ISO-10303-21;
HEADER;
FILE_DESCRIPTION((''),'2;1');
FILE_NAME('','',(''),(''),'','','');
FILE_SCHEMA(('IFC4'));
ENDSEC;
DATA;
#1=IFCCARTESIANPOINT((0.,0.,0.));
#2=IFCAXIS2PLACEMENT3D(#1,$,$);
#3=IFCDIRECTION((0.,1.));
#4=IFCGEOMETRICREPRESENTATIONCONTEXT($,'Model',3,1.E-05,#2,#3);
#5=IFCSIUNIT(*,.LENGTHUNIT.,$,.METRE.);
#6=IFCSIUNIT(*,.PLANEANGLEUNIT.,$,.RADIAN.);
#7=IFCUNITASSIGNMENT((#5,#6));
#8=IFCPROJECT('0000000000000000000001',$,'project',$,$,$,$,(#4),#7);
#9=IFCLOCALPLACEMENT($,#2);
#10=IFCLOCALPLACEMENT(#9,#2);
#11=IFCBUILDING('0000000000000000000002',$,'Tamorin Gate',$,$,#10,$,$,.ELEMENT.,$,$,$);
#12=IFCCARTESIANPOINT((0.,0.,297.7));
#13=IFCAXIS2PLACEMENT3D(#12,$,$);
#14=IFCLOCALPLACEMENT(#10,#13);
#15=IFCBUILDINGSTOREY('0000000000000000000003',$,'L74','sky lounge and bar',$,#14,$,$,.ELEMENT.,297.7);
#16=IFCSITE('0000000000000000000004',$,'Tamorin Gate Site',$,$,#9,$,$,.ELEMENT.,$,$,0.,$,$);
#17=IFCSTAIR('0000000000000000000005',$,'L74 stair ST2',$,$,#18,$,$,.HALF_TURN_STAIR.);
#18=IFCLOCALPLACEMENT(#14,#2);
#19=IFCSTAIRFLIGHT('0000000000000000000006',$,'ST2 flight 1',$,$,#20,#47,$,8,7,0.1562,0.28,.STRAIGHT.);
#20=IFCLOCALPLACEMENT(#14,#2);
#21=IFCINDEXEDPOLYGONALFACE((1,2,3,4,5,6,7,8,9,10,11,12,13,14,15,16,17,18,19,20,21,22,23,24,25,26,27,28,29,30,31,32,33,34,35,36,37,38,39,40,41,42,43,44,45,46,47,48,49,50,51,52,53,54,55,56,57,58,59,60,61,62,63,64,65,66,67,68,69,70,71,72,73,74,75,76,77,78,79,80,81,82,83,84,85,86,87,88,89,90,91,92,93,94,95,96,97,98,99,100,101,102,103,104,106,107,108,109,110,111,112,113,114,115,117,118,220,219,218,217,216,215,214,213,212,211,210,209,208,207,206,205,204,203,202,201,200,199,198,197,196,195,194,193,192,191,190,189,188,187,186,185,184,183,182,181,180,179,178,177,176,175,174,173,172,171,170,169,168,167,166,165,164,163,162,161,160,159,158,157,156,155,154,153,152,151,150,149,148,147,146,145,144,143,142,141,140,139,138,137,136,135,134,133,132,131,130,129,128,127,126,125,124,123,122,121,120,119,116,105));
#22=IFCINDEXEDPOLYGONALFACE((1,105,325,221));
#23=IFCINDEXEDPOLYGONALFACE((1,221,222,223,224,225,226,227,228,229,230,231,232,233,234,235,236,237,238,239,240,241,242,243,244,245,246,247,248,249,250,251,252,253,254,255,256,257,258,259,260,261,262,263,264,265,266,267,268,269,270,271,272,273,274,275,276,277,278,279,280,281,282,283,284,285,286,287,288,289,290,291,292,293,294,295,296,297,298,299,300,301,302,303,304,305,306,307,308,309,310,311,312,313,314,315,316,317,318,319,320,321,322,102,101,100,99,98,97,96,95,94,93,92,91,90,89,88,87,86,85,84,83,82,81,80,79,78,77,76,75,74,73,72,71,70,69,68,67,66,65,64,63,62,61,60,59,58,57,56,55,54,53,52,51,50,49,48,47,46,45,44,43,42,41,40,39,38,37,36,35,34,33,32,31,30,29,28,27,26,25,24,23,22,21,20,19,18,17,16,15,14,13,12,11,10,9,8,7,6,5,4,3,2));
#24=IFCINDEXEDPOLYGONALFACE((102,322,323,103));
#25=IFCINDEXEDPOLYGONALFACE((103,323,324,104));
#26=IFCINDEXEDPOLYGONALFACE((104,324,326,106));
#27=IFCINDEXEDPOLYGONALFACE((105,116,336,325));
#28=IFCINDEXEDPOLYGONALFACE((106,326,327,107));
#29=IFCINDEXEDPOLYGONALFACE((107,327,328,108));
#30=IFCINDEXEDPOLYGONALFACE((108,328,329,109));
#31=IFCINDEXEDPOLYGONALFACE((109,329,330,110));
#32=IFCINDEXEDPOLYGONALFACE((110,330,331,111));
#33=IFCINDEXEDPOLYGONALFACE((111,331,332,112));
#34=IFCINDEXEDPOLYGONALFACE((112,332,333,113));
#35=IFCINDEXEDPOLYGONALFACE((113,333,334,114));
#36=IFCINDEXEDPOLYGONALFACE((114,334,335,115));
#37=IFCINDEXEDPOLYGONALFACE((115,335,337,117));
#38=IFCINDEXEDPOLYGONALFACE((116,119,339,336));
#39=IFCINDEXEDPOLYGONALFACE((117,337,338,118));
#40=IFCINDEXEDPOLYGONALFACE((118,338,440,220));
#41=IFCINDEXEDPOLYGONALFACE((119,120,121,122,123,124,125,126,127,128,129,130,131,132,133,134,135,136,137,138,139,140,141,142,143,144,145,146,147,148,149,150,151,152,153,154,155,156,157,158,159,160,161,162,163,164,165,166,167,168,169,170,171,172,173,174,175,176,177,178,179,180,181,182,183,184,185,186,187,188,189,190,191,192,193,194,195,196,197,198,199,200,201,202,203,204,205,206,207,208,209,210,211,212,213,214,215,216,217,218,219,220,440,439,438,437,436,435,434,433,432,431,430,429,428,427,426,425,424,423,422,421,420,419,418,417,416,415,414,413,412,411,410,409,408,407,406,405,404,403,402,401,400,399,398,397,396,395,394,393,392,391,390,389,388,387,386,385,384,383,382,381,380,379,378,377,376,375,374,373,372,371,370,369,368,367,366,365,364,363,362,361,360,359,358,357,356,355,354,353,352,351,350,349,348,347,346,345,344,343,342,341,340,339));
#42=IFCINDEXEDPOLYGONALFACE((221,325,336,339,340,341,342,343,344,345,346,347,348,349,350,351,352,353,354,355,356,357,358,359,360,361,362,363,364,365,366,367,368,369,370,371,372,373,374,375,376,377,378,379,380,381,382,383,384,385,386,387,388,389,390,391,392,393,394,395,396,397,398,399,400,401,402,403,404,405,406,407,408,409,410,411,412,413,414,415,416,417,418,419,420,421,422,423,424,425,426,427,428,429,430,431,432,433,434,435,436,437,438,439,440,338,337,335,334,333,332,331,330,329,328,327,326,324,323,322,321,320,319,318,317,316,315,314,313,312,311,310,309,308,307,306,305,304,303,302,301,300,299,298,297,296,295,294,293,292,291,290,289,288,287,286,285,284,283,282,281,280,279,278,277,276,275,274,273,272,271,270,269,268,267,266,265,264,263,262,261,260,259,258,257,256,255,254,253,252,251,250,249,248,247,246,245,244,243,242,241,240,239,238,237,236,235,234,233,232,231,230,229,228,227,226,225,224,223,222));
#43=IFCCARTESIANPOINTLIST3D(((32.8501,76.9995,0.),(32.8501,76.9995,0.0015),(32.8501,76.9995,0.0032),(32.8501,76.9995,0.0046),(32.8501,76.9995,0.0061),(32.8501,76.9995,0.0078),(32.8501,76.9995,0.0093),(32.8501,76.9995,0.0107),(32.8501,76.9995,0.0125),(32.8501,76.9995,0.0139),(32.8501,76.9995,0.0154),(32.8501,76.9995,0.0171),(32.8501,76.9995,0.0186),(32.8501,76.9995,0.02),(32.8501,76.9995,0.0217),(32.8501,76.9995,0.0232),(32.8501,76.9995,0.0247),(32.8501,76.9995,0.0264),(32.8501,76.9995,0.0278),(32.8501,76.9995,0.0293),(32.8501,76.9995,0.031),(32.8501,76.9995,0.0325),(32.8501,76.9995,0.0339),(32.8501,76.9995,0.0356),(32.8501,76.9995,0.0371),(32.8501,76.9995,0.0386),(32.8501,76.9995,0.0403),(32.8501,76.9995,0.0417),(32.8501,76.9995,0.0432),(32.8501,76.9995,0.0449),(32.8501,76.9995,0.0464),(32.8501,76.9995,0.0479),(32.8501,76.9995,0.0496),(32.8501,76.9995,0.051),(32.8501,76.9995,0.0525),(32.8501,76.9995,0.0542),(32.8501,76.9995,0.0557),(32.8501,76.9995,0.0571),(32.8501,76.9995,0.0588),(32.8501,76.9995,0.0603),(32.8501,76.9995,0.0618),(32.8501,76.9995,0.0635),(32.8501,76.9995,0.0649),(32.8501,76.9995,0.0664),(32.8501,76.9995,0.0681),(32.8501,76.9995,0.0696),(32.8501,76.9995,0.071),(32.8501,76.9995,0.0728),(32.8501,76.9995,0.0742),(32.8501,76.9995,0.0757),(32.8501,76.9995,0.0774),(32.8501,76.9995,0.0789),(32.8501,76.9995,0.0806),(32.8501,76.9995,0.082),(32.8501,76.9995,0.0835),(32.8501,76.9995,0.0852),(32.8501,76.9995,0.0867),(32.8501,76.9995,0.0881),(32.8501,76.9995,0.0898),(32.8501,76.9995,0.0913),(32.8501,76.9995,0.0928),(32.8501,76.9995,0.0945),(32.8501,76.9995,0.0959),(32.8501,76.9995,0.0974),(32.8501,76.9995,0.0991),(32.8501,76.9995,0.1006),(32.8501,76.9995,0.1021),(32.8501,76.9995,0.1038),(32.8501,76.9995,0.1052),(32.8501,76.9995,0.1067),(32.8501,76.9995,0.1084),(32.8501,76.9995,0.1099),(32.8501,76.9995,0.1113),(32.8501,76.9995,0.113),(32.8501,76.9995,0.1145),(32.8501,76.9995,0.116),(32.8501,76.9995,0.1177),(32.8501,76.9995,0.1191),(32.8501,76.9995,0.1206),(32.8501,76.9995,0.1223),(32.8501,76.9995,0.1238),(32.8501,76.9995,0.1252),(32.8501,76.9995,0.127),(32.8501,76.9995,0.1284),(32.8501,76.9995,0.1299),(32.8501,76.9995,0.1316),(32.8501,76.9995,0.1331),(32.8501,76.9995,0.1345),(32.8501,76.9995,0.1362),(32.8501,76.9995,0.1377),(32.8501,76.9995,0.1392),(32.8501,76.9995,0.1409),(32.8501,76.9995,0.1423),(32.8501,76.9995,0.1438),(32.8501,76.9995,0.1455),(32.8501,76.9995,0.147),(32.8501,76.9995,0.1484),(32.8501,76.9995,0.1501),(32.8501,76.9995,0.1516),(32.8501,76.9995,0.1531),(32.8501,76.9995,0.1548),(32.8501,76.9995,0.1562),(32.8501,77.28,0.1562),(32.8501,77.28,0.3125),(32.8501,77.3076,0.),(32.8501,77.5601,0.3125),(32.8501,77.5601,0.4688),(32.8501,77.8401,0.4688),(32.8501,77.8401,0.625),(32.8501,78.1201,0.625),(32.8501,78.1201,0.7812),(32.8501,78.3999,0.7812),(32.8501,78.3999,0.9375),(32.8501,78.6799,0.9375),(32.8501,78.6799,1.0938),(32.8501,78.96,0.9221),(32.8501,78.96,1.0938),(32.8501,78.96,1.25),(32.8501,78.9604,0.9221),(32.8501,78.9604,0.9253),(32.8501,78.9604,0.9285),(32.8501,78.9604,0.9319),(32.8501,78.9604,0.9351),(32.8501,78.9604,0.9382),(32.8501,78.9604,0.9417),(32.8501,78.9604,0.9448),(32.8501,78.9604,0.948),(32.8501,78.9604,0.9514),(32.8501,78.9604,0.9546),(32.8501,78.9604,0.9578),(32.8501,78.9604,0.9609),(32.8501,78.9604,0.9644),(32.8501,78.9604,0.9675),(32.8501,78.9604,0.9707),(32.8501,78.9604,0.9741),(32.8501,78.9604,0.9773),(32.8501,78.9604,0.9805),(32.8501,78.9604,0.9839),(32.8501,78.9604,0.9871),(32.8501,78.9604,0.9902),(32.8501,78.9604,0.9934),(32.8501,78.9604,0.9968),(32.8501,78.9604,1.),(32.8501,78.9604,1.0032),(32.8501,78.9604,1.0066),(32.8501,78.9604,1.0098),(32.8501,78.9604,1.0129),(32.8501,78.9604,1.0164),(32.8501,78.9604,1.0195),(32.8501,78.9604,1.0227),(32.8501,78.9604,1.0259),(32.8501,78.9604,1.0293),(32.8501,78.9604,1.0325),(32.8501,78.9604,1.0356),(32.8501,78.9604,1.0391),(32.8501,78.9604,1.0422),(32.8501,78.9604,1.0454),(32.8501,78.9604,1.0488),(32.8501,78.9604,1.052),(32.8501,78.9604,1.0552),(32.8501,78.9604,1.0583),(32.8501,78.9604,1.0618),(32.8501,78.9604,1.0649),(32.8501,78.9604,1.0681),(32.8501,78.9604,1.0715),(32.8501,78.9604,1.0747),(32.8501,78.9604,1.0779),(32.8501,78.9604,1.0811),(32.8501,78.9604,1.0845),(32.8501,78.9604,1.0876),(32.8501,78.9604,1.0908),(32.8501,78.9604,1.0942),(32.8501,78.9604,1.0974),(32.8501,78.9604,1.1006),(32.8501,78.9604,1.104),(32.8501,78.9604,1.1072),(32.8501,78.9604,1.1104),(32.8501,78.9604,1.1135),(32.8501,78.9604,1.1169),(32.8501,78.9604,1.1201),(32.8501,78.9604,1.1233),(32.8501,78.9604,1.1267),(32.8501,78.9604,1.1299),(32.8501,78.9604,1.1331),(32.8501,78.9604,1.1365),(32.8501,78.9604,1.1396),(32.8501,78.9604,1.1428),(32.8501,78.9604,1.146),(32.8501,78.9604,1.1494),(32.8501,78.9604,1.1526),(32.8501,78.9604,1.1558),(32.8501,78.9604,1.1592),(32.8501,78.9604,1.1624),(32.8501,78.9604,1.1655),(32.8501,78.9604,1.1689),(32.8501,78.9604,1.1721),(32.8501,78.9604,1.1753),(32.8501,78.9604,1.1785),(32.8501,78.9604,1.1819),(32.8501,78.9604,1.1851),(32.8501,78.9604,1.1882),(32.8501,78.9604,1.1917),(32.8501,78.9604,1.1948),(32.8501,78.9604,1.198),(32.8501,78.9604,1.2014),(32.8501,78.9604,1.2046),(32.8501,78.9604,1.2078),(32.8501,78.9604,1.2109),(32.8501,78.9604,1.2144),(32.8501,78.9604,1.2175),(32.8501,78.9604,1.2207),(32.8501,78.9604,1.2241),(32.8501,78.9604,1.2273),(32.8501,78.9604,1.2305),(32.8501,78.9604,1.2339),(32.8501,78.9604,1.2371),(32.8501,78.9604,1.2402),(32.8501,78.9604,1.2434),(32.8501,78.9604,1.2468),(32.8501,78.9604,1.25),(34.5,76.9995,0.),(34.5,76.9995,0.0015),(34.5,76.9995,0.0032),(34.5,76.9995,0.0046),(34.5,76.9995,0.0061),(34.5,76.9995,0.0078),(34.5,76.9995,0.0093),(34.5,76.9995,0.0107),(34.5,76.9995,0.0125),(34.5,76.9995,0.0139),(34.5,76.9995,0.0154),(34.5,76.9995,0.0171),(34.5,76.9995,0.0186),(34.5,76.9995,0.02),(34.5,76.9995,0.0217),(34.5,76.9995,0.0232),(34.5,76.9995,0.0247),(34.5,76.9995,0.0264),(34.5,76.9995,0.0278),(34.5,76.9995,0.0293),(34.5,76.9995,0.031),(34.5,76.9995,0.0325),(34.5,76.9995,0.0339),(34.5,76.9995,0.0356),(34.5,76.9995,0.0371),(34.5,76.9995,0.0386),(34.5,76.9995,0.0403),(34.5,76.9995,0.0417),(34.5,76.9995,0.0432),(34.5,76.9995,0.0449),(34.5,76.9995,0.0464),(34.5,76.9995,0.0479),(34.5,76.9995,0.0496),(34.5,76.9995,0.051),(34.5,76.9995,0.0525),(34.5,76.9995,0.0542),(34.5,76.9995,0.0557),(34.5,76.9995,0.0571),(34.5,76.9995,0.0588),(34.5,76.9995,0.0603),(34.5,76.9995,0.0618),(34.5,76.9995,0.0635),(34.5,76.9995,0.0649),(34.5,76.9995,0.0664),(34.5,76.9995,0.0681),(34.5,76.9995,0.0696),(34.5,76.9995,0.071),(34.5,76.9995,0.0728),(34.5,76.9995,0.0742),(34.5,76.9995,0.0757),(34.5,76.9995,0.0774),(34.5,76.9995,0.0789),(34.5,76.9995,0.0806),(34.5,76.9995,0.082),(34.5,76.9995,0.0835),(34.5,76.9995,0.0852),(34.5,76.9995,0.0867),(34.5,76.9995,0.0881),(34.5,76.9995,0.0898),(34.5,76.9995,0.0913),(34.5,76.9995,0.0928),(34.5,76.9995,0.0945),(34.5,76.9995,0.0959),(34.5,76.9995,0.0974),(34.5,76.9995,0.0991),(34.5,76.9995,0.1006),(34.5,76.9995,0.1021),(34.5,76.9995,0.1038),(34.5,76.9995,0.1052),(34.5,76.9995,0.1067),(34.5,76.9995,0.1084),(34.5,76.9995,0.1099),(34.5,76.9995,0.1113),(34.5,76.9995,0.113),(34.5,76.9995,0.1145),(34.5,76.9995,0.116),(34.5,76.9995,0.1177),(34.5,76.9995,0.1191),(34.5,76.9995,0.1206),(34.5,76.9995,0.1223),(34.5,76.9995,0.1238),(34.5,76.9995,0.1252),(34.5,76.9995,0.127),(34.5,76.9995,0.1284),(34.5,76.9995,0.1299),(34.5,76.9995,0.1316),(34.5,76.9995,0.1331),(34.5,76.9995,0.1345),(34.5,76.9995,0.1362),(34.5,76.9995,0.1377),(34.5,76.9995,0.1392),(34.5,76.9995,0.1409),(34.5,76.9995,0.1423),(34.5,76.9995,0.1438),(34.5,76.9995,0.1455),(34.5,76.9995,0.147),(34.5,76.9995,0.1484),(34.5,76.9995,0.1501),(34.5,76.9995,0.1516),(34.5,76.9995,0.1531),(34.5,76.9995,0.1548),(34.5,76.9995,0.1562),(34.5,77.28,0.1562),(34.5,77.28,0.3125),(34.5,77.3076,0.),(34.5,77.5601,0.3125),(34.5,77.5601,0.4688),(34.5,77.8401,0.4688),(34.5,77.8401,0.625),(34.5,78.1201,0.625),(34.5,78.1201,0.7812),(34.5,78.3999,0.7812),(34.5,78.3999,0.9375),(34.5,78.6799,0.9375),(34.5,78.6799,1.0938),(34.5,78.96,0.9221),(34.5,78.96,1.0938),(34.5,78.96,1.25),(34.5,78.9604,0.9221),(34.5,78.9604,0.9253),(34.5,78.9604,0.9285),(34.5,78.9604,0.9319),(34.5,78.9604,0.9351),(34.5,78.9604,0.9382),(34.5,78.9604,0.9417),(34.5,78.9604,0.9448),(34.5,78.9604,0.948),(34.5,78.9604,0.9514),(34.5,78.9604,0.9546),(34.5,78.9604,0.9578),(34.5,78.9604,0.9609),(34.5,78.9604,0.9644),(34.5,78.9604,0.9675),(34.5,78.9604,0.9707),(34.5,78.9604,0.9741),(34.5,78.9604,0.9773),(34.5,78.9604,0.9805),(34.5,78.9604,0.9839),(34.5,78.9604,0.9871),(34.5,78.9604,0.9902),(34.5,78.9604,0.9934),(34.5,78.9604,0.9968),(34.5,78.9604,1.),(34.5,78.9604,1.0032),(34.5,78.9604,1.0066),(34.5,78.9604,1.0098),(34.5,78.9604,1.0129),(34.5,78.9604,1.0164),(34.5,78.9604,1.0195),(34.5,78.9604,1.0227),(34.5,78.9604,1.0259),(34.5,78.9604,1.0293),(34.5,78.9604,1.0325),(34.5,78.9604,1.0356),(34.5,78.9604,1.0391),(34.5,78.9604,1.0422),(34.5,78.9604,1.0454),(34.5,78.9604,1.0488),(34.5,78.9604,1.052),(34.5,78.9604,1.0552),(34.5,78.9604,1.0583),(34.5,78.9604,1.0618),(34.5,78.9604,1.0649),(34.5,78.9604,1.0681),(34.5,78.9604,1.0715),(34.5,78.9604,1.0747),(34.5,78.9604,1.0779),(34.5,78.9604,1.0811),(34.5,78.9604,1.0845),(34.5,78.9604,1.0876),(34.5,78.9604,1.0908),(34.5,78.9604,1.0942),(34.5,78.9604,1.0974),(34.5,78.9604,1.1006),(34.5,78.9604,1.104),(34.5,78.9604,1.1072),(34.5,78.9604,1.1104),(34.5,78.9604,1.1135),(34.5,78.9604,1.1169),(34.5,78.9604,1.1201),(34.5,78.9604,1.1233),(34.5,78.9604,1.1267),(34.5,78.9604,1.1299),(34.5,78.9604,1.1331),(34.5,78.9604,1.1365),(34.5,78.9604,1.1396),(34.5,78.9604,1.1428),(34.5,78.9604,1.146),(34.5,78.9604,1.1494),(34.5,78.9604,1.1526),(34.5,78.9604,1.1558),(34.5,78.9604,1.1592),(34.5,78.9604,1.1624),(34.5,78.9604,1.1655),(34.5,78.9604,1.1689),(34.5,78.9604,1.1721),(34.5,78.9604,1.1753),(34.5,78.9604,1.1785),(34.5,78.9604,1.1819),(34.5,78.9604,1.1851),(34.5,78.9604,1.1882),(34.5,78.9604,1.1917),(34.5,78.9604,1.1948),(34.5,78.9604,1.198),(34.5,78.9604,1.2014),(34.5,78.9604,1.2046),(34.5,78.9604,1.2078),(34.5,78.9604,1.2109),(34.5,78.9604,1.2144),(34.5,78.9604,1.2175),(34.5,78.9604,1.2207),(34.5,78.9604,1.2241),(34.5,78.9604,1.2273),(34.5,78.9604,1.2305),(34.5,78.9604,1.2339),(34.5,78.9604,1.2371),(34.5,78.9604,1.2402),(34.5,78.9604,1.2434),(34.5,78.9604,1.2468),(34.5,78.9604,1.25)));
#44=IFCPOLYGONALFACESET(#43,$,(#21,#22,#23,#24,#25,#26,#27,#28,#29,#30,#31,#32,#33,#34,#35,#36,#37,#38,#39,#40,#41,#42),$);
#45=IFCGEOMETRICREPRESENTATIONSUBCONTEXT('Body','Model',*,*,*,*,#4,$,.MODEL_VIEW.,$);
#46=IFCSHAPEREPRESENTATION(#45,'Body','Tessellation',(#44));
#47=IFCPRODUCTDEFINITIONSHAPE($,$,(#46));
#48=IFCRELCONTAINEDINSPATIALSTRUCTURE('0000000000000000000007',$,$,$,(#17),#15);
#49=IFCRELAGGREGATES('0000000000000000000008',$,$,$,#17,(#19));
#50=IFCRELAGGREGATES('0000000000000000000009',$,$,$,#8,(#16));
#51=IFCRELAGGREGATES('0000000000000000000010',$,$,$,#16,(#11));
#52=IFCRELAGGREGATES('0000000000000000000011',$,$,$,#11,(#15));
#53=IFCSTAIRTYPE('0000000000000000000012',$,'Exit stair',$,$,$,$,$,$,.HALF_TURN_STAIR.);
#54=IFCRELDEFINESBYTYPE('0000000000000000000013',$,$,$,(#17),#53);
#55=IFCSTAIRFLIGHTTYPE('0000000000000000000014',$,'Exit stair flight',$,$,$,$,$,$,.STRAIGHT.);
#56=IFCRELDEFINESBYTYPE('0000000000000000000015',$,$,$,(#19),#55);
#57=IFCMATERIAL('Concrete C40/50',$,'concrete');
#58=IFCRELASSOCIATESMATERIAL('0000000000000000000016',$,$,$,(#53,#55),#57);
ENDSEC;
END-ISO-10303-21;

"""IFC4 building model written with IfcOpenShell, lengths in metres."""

from ifc_helpers import new_model, si_unit, direction, frame, origin, place, context, subcontext, project, spatial, polyline, outline, extrude, material, type_object, element, aggregate, save


model = new_model("IFC4")

# Units and contexts
model_context = context("Model", 3, precision=1e-05, world=origin(), true_north=direction((0.0, 1.0)))
body_context = subcontext(model_context, "Body", "Model", "MODEL_VIEW")
ifc_project = project(units=[si_unit("LENGTHUNIT", "METRE"), si_unit("PLANEANGLEUNIT", "RADIAN")], contexts=[model_context])

# Site, building, storey
site_placement = place(None, origin())
site = spatial("IfcSite", under=ifc_project, at=site_placement, Name="Tamorin Gate Site", CompositionType="ELEMENT", RefElevation=0.0)
building_placement = place(site_placement, origin())
building = spatial("IfcBuilding", under=site, at=building_placement, Name="Tamorin Gate", CompositionType="ELEMENT")
storey_placement = place(building_placement, frame((0.0, 0.0, 297.7)))
storey = spatial("IfcBuildingStorey", under=building, at=storey_placement, Name="L74", Description="sky lounge and bar", CompositionType="ELEMENT", Elevation=297.7)

# Shared definitions
ifc_material_1 = material(Name="Concrete C40/50", Category="concrete")

# Stair, stair flight
stair_type = type_object("IfcStairType", Name="Exit stair", PredefinedType="HALF_TURN_STAIR", material=ifc_material_1)
stair_placement = place(storey_placement, origin())
stair = element("IfcStair", 1, at=stair_placement, inside=storey, type_object=stair_type, Name="L74 stair ST2", PredefinedType="HALF_TURN_STAIR")
stair_flight_type = type_object("IfcStairFlightType", Name="Exit stair flight", PredefinedType="STRAIGHT", material=ifc_material_1)
stair_flight_1_placement = place(storey_placement, frame((33.675, 77.0, 0.0), z_axis=(0.0, 0.0, 1.0), x_axis=(0.0, 1.0, 0.0)))
stair_flight_1 = element("IfcStairFlight", 2, at=stair_flight_1_placement, type_object=stair_flight_type, Name="ST2 flight 1", NumberOfRisers=8, NumberOfTreads=7, PredefinedType="STRAIGHT", RiserHeight=0.1562, TreadLength=0.28, context=body_context, shape_type="SweptSolid", body=[
    extrude(outline(polyline([(-0.0005, 0.0), (-0.0005, 0.0015), (-0.0005, 0.0032), (-0.0005, 0.0046), (-0.0005, 0.0061), (-0.0005, 0.0078), (-0.0005, 0.0093), (-0.0005, 0.0107), (-0.0005, 0.0125), (-0.0005, 0.0139), (-0.0005, 0.0154), (-0.0005, 0.0171), (-0.0005, 0.0186), (-0.0005, 0.02), (-0.0005, 0.0217), (-0.0005, 0.0232), (-0.0005, 0.0247), (-0.0005, 0.0264), (-0.0005, 0.0278), (-0.0005, 0.0293), (-0.0005, 0.031), (-0.0005, 0.0325), (-0.0005, 0.0339), (-0.0005, 0.0356), (-0.0005, 0.0371), (-0.0005, 0.0386), (-0.0005, 0.0403), (-0.0005, 0.0417), (-0.0005, 0.0432), (-0.0005, 0.0449), (-0.0005, 0.0464), (-0.0005, 0.0479), (-0.0005, 0.0496), (-0.0005, 0.051), (-0.0005, 0.0525), (-0.0005, 0.0542), (-0.0005, 0.0557), (-0.0005, 0.0571), (-0.0005, 0.0588), (-0.0005, 0.0603), (-0.0005, 0.0618), (-0.0005, 0.0635), (-0.0005, 0.0649), (-0.0005, 0.0664), (-0.0005, 0.0681), (-0.0005, 0.0696), (-0.0005, 0.071), (-0.0005, 0.0728), (-0.0005, 0.0742), (-0.0005, 0.0757), (-0.0005, 0.0774), (-0.0005, 0.0789), (-0.0005, 0.0806), (-0.0005, 0.082), (-0.0005, 0.0835), (-0.0005, 0.0852), (-0.0005, 0.0867), (-0.0005, 0.0881), (-0.0005, 0.0898), (-0.0005, 0.0913), (-0.0005, 0.0928), (-0.0005, 0.0945), (-0.0005, 0.0959), (-0.0005, 0.0974), (-0.0005, 0.0991), (-0.0005, 0.1006), (-0.0005, 0.1021), (-0.0005, 0.1038), (-0.0005, 0.1052), (-0.0005, 0.1067), (-0.0005, 0.1084), (-0.0005, 0.1099), (-0.0005, 0.1113), (-0.0005, 0.113), (-0.0005, 0.1145), (-0.0005, 0.116), (-0.0005, 0.1177), (-0.0005, 0.1191), (-0.0005, 0.1206), (-0.0005, 0.1223), (-0.0005, 0.1238), (-0.0005, 0.1252), (-0.0005, 0.127), (-0.0005, 0.1284), (-0.0005, 0.1299), (-0.0005, 0.1316), (-0.0005, 0.1331), (-0.0005, 0.1345), (-0.0005, 0.1362), (-0.0005, 0.1377), (-0.0005, 0.1392), (-0.0005, 0.1409), (-0.0005, 0.1423), (-0.0005, 0.1438), (-0.0005, 0.1455), (-0.0005, 0.147), (-0.0005, 0.1484), (-0.0005, 0.1501), (-0.0005, 0.1516), (-0.0005, 0.1531), (-0.0005, 0.1548), (-0.0005, 0.1562), (0.28, 0.1562), (0.28, 0.3125), (0.5601, 0.3125), (0.5601, 0.4688), (0.8401, 0.4688), (0.8401, 0.625), (1.1201, 0.625), (1.1201, 0.7812), (1.3999, 0.7812), (1.3999, 0.9375), (1.6799, 0.9375), (1.6799, 1.0938), (1.96, 1.0938), (1.96, 1.25), (1.9604, 1.25), (1.9604, 1.2468), (1.9604, 1.2434), (1.9604, 1.2402), (1.9604, 1.2371), (1.9604, 1.2339), (1.9604, 1.2305), (1.9604, 1.2273), (1.9604, 1.2241), (1.9604, 1.2207), (1.9604, 1.2175), (1.9604, 1.2144), (1.9604, 1.2109), (1.9604, 1.2078), (1.9604, 1.2046), (1.9604, 1.2014), (1.9604, 1.198), (1.9604, 1.1948), (1.9604, 1.1917), (1.9604, 1.1882), (1.9604, 1.1851), (1.9604, 1.1819), (1.9604, 1.1785), (1.9604, 1.1753), (1.9604, 1.1721), (1.9604, 1.1689), (1.9604, 1.1655), (1.9604, 1.1624), (1.9604, 1.1592), (1.9604, 1.1558), (1.9604, 1.1526), (1.9604, 1.1494), (1.9604, 1.146), (1.9604, 1.1428), (1.9604, 1.1396), (1.9604, 1.1365), (1.9604, 1.1331), (1.9604, 1.1299), (1.9604, 1.1267), (1.9604, 1.1233), (1.9604, 1.1201), (1.9604, 1.1169), (1.9604, 1.1135), (1.9604, 1.1104), (1.9604, 1.1072), (1.9604, 1.104), (1.9604, 1.1006), (1.9604, 1.0974), (1.9604, 1.0942), (1.9604, 1.0908), (1.9604, 1.0876), (1.9604, 1.0845), (1.9604, 1.0811), (1.9604, 1.0779), (1.9604, 1.0747), (1.9604, 1.0715), (1.9604, 1.0681), (1.9604, 1.0649), (1.9604, 1.0618), (1.9604, 1.0583), (1.9604, 1.0552), (1.9604, 1.052), (1.9604, 1.0488), (1.9604, 1.0454), (1.9604, 1.0422), (1.9604, 1.0391), (1.9604, 1.0356), (1.9604, 1.0325), (1.9604, 1.0293), (1.9604, 1.0259), (1.9604, 1.0227), (1.9604, 1.0195), (1.9604, 1.0164), (1.9604, 1.0129), (1.9604, 1.0098), (1.9604, 1.0066), (1.9604, 1.0032), (1.9604, 1.0), (1.9604, 0.9968), (1.9604, 0.9934), (1.9604, 0.9902), (1.9604, 0.9871), (1.9604, 0.9839), (1.9604, 0.9805), (1.9604, 0.9773), (1.9604, 0.9741), (1.9604, 0.9707), (1.9604, 0.9675), (1.9604, 0.9644), (1.9604, 0.9609), (1.9604, 0.9578), (1.9604, 0.9546), (1.9604, 0.9514), (1.9604, 0.948), (1.9604, 0.9448), (1.9604, 0.9417), (1.9604, 0.9382), (1.9604, 0.9351), (1.9604, 0.9319), (1.9604, 0.9285), (1.9604, 0.9253), (1.9604, 0.9221), (1.96, 0.9221), (0.3076, 0.0), (-0.0005, 0.0)])), frame((0.0, 0.825, 0.0), z_axis=(0.0, -1.0, 0.0), x_axis=(1.0, 0.0, 0.0)), (0.0, 0.0, 1.0), 1.6499),
])
aggregate(stair, [stair_flight_1])

save(model, "model.ifc")
